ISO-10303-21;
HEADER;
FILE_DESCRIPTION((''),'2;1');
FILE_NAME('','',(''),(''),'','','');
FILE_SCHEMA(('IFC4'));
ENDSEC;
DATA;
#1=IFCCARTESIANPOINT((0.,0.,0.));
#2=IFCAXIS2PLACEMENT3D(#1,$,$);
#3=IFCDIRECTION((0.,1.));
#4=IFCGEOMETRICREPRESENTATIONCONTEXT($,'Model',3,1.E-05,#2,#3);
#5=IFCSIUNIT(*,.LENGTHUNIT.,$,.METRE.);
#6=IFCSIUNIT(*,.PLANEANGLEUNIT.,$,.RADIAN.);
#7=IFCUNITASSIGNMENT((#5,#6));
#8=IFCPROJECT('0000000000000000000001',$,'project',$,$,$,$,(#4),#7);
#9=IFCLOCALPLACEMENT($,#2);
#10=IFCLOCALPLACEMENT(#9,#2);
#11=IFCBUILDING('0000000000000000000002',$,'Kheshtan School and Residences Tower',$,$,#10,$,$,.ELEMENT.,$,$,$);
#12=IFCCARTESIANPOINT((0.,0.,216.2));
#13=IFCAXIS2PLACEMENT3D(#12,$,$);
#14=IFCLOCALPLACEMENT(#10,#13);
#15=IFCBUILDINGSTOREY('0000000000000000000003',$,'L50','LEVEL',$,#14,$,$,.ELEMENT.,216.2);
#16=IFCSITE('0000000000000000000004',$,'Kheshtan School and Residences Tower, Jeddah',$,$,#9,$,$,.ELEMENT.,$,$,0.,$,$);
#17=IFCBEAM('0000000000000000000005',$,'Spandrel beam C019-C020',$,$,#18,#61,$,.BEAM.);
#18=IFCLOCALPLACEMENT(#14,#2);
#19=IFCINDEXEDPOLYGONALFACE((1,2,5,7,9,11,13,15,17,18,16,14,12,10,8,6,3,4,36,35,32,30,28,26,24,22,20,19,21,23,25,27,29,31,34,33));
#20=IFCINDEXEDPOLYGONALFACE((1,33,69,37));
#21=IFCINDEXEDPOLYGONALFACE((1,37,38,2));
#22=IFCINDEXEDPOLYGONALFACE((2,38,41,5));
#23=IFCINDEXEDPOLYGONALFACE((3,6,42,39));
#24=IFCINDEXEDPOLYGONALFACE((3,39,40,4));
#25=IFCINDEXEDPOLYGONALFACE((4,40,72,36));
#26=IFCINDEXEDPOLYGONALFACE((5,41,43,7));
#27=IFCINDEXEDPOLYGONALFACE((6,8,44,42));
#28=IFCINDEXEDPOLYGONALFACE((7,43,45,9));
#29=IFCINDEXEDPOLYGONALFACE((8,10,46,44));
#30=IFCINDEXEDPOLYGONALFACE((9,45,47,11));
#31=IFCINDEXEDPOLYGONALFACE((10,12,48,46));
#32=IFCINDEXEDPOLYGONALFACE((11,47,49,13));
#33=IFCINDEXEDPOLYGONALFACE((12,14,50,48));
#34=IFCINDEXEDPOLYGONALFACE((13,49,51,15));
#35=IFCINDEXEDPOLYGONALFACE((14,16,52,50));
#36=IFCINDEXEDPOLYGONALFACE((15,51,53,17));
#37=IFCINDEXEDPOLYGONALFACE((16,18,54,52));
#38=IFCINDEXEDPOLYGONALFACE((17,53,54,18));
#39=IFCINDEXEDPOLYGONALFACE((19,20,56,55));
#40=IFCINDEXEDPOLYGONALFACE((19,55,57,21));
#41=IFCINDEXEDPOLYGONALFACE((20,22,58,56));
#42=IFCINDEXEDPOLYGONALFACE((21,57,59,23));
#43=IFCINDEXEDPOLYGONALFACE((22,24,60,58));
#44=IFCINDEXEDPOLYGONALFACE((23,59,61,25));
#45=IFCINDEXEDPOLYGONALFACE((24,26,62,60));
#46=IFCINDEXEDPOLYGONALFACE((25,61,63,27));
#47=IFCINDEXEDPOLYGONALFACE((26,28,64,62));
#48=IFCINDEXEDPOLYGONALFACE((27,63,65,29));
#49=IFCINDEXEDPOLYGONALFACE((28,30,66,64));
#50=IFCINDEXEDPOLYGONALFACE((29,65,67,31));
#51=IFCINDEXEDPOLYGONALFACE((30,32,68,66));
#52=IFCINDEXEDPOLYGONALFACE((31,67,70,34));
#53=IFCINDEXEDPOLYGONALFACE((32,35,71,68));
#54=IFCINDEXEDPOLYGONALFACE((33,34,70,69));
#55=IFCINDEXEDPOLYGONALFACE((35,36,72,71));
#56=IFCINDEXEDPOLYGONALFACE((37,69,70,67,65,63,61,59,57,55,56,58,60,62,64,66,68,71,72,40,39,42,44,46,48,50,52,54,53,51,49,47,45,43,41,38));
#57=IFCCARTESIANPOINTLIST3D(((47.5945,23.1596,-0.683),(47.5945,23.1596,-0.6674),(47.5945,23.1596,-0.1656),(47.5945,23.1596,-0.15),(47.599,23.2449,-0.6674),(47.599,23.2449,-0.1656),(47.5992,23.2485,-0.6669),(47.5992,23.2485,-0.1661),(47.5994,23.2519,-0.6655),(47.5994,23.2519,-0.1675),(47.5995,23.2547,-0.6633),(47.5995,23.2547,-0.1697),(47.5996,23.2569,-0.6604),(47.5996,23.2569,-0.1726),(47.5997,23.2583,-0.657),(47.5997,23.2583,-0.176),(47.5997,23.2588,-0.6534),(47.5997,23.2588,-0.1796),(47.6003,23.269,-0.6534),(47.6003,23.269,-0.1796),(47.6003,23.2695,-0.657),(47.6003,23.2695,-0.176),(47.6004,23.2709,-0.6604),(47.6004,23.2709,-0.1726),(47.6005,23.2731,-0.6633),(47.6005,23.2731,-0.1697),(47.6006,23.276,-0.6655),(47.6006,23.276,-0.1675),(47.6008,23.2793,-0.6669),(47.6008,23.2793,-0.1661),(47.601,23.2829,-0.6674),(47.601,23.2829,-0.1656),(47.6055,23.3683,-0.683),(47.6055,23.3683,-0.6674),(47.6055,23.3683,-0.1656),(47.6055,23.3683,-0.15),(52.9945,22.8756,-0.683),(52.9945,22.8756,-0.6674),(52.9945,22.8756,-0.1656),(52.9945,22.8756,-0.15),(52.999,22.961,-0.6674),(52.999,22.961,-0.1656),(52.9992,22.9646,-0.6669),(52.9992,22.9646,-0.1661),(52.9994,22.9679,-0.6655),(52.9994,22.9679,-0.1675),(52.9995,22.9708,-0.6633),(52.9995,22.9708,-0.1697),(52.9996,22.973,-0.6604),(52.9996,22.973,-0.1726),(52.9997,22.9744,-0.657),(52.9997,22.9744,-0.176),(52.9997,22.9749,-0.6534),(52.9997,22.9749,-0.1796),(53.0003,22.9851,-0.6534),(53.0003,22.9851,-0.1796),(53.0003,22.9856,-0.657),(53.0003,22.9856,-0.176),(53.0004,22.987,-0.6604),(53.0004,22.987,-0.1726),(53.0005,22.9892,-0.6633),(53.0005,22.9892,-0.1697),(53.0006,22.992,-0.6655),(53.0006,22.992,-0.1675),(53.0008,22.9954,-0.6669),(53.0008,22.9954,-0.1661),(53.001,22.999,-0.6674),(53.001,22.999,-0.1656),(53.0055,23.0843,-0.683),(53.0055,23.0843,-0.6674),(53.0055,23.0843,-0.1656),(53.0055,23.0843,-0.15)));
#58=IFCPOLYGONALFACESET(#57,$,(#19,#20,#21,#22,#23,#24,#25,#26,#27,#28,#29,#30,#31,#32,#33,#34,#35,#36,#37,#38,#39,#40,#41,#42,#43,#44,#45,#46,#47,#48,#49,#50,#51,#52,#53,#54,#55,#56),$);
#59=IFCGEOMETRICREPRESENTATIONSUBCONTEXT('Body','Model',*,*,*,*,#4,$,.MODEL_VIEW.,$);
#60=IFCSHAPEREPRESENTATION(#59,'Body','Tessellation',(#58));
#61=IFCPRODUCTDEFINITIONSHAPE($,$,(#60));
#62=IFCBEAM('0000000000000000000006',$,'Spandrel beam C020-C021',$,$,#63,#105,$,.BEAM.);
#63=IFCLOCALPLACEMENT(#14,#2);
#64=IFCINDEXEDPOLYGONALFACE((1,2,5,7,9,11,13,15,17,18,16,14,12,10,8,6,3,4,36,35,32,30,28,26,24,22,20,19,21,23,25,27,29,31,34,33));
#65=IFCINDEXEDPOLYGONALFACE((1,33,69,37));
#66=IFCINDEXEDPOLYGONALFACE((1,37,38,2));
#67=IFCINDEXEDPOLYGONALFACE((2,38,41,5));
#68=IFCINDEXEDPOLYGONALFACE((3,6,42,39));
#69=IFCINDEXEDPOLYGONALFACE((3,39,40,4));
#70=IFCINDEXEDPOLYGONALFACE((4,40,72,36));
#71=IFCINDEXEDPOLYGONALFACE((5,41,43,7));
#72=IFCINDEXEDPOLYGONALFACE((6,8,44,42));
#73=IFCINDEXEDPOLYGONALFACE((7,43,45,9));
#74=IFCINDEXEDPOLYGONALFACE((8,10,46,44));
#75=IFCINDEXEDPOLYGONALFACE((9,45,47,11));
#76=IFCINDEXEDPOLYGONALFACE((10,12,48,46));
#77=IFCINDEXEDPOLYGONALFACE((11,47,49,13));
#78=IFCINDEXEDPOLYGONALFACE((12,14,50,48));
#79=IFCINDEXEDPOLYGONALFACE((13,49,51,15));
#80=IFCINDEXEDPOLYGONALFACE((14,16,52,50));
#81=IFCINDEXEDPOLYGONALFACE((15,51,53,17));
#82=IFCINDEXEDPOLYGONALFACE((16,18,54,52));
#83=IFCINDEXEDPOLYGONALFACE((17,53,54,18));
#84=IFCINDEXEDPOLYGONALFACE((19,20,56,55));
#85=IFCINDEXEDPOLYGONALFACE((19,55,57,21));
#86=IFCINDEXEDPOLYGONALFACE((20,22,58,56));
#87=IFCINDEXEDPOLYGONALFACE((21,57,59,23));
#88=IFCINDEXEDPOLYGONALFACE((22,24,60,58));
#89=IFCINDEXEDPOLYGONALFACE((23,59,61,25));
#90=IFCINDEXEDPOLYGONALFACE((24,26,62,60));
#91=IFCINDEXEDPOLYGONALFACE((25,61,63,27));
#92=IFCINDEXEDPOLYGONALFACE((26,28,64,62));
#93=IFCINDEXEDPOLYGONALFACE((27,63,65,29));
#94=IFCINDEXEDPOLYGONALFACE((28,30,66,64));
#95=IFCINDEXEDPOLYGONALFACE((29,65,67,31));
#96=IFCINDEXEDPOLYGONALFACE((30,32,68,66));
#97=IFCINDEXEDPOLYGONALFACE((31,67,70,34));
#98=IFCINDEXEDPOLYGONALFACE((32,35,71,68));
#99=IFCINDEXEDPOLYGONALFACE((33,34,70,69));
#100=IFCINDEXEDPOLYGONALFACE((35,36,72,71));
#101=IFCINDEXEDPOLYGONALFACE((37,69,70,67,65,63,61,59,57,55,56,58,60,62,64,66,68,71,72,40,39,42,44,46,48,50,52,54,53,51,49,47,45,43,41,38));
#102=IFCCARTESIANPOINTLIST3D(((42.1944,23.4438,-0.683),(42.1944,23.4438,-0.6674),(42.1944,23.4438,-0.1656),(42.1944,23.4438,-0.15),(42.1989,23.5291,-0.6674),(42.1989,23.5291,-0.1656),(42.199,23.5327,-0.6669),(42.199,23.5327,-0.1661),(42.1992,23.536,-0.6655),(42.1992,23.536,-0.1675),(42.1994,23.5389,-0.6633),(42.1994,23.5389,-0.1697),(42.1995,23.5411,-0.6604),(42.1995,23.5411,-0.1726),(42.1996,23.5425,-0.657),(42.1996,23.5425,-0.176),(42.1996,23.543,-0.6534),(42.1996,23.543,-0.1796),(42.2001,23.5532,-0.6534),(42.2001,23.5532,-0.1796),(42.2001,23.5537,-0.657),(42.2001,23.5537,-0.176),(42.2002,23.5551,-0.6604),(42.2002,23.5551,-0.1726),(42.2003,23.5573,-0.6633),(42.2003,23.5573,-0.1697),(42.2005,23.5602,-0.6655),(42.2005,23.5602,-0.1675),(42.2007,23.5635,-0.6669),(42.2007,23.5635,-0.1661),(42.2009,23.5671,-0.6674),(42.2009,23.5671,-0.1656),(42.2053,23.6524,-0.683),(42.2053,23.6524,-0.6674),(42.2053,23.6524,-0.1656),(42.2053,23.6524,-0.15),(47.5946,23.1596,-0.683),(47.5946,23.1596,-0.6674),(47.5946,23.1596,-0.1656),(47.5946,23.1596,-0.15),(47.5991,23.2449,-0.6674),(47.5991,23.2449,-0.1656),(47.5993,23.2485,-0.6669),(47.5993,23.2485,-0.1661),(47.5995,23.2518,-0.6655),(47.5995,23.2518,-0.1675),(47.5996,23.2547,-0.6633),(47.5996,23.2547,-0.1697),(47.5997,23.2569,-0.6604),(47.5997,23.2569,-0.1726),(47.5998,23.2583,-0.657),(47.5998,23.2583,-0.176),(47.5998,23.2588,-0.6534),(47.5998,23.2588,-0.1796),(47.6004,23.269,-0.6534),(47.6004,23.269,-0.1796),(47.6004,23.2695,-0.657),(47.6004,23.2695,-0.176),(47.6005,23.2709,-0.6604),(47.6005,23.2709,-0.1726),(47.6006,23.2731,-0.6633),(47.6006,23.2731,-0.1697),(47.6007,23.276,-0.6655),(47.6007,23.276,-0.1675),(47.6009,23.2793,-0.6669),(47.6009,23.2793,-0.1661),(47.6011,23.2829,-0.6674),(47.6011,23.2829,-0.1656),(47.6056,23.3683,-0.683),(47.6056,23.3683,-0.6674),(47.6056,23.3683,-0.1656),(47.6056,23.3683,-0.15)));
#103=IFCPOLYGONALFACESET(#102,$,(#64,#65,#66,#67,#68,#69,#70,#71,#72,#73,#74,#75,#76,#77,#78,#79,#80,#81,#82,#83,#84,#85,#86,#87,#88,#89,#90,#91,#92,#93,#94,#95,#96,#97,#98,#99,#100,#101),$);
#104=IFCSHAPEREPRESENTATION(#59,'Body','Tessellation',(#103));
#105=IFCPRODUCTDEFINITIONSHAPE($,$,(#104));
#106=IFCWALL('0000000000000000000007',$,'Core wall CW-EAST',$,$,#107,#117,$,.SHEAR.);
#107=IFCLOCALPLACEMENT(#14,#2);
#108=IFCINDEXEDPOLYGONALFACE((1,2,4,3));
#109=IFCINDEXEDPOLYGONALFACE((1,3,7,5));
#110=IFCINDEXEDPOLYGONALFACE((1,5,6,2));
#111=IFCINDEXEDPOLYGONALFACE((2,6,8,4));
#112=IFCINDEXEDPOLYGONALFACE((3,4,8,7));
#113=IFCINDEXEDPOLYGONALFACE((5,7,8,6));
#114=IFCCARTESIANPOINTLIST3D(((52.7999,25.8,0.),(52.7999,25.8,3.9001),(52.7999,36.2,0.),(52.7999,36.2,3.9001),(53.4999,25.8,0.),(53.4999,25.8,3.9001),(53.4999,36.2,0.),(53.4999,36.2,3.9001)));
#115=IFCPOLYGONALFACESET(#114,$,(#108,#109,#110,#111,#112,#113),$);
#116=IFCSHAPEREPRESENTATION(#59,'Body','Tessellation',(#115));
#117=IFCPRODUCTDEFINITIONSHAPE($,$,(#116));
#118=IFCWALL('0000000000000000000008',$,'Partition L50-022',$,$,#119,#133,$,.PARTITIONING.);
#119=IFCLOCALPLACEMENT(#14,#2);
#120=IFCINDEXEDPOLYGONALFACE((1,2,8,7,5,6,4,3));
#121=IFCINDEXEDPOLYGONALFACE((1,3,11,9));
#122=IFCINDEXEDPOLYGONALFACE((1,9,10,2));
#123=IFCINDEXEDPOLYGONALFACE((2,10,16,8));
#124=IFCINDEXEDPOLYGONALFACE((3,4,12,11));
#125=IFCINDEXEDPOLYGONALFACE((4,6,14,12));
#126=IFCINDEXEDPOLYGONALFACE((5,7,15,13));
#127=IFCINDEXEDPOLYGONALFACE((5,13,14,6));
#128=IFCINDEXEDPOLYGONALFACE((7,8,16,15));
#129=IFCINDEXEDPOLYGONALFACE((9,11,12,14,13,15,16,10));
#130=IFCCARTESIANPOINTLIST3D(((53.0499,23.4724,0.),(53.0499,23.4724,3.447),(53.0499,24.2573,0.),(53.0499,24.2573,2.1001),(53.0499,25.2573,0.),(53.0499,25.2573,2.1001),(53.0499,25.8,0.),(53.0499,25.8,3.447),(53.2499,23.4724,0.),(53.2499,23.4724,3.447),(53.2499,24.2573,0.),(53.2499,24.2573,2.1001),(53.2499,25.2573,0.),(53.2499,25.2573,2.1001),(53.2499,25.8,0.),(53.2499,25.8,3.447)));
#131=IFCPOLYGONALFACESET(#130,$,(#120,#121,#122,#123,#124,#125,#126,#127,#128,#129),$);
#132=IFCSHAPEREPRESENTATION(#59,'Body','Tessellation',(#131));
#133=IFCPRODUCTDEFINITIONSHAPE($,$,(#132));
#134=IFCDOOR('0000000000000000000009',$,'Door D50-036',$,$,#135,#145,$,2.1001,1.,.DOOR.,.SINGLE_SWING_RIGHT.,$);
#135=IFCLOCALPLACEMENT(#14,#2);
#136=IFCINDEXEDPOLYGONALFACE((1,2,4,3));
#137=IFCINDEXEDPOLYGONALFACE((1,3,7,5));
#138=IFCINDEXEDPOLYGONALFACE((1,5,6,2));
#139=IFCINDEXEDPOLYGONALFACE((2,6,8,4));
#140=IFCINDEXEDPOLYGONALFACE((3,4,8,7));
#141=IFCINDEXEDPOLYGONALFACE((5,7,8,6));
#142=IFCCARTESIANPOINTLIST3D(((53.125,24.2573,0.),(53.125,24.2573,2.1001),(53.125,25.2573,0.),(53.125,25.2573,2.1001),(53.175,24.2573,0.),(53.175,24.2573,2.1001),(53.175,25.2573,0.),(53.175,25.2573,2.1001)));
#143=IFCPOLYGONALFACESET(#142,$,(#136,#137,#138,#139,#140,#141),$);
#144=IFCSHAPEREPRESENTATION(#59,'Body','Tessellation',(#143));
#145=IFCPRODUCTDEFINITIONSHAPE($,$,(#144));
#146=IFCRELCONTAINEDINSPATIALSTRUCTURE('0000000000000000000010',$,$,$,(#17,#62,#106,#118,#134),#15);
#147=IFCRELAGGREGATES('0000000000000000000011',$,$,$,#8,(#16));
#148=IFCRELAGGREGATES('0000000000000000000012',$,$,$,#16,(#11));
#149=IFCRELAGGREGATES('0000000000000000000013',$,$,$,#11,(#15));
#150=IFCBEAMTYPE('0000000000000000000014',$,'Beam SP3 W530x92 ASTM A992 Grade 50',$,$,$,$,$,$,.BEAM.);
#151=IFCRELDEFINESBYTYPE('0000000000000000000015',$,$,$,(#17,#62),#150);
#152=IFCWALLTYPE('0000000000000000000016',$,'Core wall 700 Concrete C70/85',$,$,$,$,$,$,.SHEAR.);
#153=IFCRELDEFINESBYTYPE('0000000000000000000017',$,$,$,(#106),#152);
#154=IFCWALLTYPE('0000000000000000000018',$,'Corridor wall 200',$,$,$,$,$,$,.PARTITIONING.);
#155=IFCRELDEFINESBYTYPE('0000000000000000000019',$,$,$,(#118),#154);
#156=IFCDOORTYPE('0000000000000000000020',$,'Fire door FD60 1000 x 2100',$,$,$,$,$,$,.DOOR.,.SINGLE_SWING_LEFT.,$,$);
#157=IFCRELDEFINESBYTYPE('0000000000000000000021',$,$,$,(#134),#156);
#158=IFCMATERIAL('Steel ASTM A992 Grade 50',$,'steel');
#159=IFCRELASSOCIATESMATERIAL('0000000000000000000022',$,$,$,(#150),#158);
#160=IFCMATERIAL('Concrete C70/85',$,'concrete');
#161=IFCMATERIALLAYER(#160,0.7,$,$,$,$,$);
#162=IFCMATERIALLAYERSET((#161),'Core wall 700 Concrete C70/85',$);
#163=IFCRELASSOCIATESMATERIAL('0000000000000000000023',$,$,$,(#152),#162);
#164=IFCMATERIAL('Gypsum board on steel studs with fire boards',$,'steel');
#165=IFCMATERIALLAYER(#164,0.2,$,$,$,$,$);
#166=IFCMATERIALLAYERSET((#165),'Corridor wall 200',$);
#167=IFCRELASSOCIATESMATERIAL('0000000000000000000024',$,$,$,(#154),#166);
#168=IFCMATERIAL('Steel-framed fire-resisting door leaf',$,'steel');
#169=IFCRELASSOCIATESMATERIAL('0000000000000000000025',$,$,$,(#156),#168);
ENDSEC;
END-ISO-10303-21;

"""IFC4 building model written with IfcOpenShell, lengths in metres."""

from ifc_helpers import new_model, si_unit, direction, frame, frame_2d, origin, origin_2d, place, context, subcontext, project, spatial, rectangle, i_section, extrude, source, transform, mapped, material, layer, layer_set, material_profile, profile_set, type_object, element, fill, save


model = new_model("IFC4")

# Units and contexts
model_context = context("Model", 3, precision=1e-05, world=origin(), true_north=direction((0.0, 1.0)))
body_context = subcontext(model_context, "Body", "Model", "MODEL_VIEW")
ifc_project = project(units=[si_unit("LENGTHUNIT", "METRE"), si_unit("PLANEANGLEUNIT", "RADIAN")], contexts=[model_context])

# Site, building, storey
site_placement = place(None, origin())
site = spatial("IfcSite", under=ifc_project, at=site_placement, Name="Kheshtan School and Residences Tower, Jeddah", CompositionType="ELEMENT", RefElevation=0.0)
building_placement = place(site_placement, origin())
building = spatial("IfcBuilding", under=site, at=building_placement, Name="Kheshtan School and Residences Tower", CompositionType="ELEMENT")
storey_placement = place(building_placement, frame((0.0, 0.0, 216.2)))
storey = spatial("IfcBuildingStorey", under=building, at=storey_placement, Name="L50", Description="LEVEL", CompositionType="ELEMENT", Elevation=216.2)

# Shared definitions
ifc_material_1 = material(Name="Steel ASTM A992 Grade 50", Category="steel")

# Beams
ifc_material_profile_1 = material_profile(ifc_material_1, i_section(OverallWidth=0.209, OverallDepth=0.533, WebThickness=0.0103, FlangeThickness=0.0156, FilletRadius=0.0139, at=origin_2d()), Name="W530x92")
ifc_profile_set_1 = profile_set([ifc_material_profile_1], Name="Steel ASTM A992 Grade 50")
beam_type_1 = type_object("IfcBeamType", Name="Beam SP3 W530x92 ASTM A992 Grade 50", PredefinedType="BEAM", material=ifc_profile_set_1)
for number, where, z_axis, x_axis, name in (
    (1, (53.0, 22.98, -0.4165), (-0.99862, 0.052509, 0.0), (-0.052509, -0.99862, 0.0), "Spandrel beam C019-C020"),
):
    element("IfcBeam", number, at=place(storey_placement, frame(where, z_axis=z_axis, x_axis=x_axis)), inside=storey, type_object=beam_type_1, Name=name, PredefinedType="BEAM", context=body_context, shape_type="SweptSolid", body=[
        extrude(i_section(OverallWidth=0.209, OverallDepth=0.533, WebThickness=0.0103, FlangeThickness=0.0156, FilletRadius=0.0139, at=origin_2d()), origin(), (0.0, 0.0, 1.0), 5.4075),
    ])
beam_1_placement = place(storey_placement, frame((47.6001, 23.2639, -0.4165), z_axis=(-0.998618, 0.052552, 0.0), x_axis=(-0.052552, -0.998618, 0.0)))
element("IfcBeam", 2, at=beam_1_placement, inside=storey, type_object=beam_type_1, Name="Spandrel beam C020-C021", PredefinedType="BEAM", context=body_context, shape_type="SweptSolid", body=[
    extrude(i_section(OverallWidth=0.209, OverallDepth=0.533, WebThickness=0.0103, FlangeThickness=0.0156, FilletRadius=0.0139, at=origin_2d()), origin(), (0.0, 0.0, 1.0), 5.4077),
])

# Wall
ifc_material_2 = material(Name="Concrete C70/85", Category="concrete")
ifc_layer_1 = layer(ifc_material_2, 0.7)
ifc_layer_set_1 = layer_set([ifc_layer_1], Name="Core wall 700 Concrete C70/85")
wall_type_1 = type_object("IfcWallType", Name="Core wall 700 Concrete C70/85", PredefinedType="SHEAR", material=ifc_layer_set_1)
wall_1_placement = place(storey_placement, frame((53.1499, 25.8, 0.0), z_axis=(0.0, 0.0, 1.0), x_axis=(0.0, 1.0, 0.0)))
element("IfcWall", 3, at=wall_1_placement, inside=storey, type_object=wall_type_1, Name="Core wall CW-EAST", PredefinedType="SHEAR", context=body_context, shape_type="SweptSolid", body=[
    extrude(rectangle(XDim=10.3999, YDim=0.7, at=frame_2d((5.2, 0.0))), origin(), (0.0, 0.0, 1.0), 3.9001),
])

# Wall, opening, door
ifc_material_3 = material(Name="Gypsum board on steel studs with fire boards", Category="steel")
ifc_layer_2 = layer(ifc_material_3, 0.2)
ifc_layer_set_2 = layer_set([ifc_layer_2], Name="Corridor wall 200")
wall_type_2 = type_object("IfcWallType", Name="Corridor wall 200", PredefinedType="PARTITIONING", material=ifc_layer_set_2)
wall_2_placement = place(storey_placement, frame((53.1499, 23.4724, 0.0), z_axis=(0.0, 0.0, 1.0), x_axis=(0.0, 1.0, 0.0)))
wall_2 = element("IfcWall", 4, at=wall_2_placement, inside=storey, type_object=wall_type_2, Name="Partition L50-022", PredefinedType="PARTITIONING", context=body_context, shape_type="SweptSolid", body=[
    extrude(rectangle(XDim=2.3276, YDim=0.2, at=frame_2d((1.1638, 0.0))), origin(), (0.0, 0.0, 1.0), 3.447),
])
opening_1_placement = place(wall_2_placement, frame((0.7849, 0.0, 0.0)))
opening_1 = element("IfcOpeningElement", 5, at=opening_1_placement, cuts=wall_2, PredefinedType="OPENING", context=body_context, shape_type="SweptSolid", body=[
    extrude(rectangle(XDim=1.0, YDim=2.1001, at=frame_2d((0.5, 1.05))), frame((0.0, 0.1099, 0.0), z_axis=(0.0, -1.0, 0.0), x_axis=(1.0, 0.0, 0.0)), (0.0, 0.0, 1.0), 0.22),
])
ifc_material_4 = material(Name="Steel-framed fire-resisting door leaf", Category="steel")
door_type_1 = type_object("IfcDoorType", Name="Fire door FD60 1000 x 2100", OperationType="SINGLE_SWING_LEFT", PredefinedType="DOOR", material=ifc_material_4)
shared_shape_1 = source(origin(), body_context, "Body", "SweptSolid", [
    extrude(rectangle(XDim=1.0, YDim=2.1001, at=frame_2d((0.5, 1.05))), frame((0.0, 0.0249, 0.0), z_axis=(0.0, -1.0, 0.0), x_axis=(1.0, 0.0, 0.0)), (0.0, 0.0, 1.0), 0.05),
])
door_1_placement = place(opening_1_placement, origin())
door_1 = element("IfcDoor", 6, at=door_1_placement, inside=storey, type_object=door_type_1, Name="Door D50-036", OperationType="SINGLE_SWING_RIGHT", OverallHeight=2.1001, OverallWidth=1.0, PredefinedType="DOOR", context=body_context, shape_type="MappedRepresentation", body=[
    mapped(shared_shape_1, transform((0.0, 0.0, 0.0), x_axis=(1.0, 0.0, 0.0), y_axis=(0.0, 1.0, 0.0), z_axis=(0.0, 0.0, 1.0), scale=1.0)),
])
fill(opening_1, door_1)

save(model, "model.ifc")
